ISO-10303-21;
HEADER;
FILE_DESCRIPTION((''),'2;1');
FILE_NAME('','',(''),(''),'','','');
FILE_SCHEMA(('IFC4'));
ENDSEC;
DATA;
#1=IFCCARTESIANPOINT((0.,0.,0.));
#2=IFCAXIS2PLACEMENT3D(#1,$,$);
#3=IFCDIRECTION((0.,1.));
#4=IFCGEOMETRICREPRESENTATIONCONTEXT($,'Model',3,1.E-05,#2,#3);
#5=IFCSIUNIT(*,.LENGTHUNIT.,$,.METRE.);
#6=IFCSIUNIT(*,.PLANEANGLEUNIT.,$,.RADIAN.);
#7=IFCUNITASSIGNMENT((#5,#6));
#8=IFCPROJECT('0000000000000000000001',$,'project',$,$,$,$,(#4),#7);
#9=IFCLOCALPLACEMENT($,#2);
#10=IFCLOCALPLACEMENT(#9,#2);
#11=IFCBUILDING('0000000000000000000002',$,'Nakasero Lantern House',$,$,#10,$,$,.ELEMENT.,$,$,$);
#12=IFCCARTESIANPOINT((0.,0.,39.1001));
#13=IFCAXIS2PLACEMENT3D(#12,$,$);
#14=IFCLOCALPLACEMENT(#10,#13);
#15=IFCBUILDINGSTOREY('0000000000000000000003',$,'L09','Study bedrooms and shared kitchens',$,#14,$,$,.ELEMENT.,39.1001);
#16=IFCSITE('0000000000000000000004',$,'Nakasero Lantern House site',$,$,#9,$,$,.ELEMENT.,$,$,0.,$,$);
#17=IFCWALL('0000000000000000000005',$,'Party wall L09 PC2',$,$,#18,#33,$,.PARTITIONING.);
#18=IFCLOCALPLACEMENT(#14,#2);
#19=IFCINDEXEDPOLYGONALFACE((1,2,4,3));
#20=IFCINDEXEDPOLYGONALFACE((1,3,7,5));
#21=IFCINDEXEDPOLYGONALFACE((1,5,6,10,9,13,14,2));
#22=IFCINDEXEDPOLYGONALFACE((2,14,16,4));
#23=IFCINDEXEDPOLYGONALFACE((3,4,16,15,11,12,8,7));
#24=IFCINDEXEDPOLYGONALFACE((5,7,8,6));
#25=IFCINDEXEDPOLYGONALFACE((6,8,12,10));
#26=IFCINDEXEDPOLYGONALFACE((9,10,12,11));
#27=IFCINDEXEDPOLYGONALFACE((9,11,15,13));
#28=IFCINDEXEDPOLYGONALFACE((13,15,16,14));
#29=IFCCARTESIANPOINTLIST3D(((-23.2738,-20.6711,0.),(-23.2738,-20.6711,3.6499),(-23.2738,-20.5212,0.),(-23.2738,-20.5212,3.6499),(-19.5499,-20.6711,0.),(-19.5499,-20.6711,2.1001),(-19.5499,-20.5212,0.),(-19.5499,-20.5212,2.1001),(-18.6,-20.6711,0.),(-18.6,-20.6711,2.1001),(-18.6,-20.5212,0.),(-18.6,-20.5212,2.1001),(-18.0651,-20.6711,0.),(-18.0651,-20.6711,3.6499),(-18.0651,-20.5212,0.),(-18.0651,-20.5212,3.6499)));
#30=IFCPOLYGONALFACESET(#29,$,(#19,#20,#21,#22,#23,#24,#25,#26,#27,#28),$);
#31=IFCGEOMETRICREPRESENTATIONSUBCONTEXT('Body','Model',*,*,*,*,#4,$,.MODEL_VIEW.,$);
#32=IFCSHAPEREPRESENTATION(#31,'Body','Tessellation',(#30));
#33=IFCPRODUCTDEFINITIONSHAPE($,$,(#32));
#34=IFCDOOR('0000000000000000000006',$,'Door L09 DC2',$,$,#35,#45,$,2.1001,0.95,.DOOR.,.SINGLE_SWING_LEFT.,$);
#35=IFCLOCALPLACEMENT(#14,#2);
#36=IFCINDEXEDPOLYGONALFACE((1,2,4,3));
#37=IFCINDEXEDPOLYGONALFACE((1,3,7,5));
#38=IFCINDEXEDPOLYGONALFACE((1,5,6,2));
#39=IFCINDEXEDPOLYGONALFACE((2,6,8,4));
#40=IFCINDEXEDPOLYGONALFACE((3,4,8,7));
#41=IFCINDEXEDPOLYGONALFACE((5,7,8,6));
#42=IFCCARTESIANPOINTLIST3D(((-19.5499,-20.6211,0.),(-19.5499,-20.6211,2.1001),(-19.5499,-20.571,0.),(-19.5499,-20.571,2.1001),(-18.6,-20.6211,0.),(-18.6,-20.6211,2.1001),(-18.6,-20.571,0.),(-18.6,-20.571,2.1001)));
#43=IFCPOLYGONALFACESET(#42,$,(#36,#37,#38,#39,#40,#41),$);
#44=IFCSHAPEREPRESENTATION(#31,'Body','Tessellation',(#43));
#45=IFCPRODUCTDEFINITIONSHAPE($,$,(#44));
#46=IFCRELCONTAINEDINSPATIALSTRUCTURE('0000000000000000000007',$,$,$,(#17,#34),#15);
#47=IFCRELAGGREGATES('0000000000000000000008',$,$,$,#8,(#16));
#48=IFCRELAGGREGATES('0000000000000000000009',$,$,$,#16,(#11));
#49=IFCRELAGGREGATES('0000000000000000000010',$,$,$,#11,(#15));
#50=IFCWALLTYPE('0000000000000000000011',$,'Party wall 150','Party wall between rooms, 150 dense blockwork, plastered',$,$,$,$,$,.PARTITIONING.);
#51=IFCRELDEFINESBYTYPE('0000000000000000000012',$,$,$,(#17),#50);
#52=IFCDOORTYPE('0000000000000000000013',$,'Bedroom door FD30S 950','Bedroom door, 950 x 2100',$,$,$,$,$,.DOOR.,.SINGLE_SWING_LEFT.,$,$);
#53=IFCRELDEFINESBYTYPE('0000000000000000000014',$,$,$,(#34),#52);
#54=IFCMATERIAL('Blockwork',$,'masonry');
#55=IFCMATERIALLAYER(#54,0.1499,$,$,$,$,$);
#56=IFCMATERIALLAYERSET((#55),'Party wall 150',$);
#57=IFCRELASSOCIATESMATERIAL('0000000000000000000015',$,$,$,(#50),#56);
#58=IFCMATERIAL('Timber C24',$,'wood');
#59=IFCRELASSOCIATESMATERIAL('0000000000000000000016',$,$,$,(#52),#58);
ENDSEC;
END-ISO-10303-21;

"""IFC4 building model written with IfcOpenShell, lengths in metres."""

from ifc_helpers import new_model, si_unit, direction, frame, frame_2d, origin, place, context, subcontext, project, spatial, rectangle, extrude, material, layer, layer_set, type_object, element, fill, save


model = new_model("IFC4")

# Units and contexts
model_context = context("Model", 3, precision=1e-05, world=origin(), true_north=direction((0.0, 1.0)))
body_context = subcontext(model_context, "Body", "Model", "MODEL_VIEW")
ifc_project = project(units=[si_unit("LENGTHUNIT", "METRE"), si_unit("PLANEANGLEUNIT", "RADIAN")], contexts=[model_context])

# Site, building, storey
site_placement = place(None, origin())
site = spatial("IfcSite", under=ifc_project, at=site_placement, Name="Nakasero Lantern House site", CompositionType="ELEMENT", RefElevation=0.0)
building_placement = place(site_placement, origin())
building = spatial("IfcBuilding", under=site, at=building_placement, Name="Nakasero Lantern House", CompositionType="ELEMENT")
storey_placement = place(building_placement, frame((0.0, 0.0, 39.1001)))
storey = spatial("IfcBuildingStorey", under=building, at=storey_placement, Name="L09", Description="Study bedrooms and shared kitchens", CompositionType="ELEMENT", Elevation=39.1001)

# Wall, opening, door
ifc_material_1 = material(Name="Blockwork", Category="masonry")
ifc_layer_1 = layer(ifc_material_1, 0.1499)
ifc_layer_set_1 = layer_set([ifc_layer_1], Name="Party wall 150")
wall_type_1 = type_object("IfcWallType", Name="Party wall 150", Description="Party wall between rooms, 150 dense blockwork, plastered", PredefinedType="PARTITIONING", material=ifc_layer_set_1)
wall_1_placement = place(storey_placement, frame((-18.0649, -20.5962, 0.0), z_axis=(0.0, 0.0, 1.0), x_axis=(-1.0, 0.0, 0.0)))
wall_1 = element("IfcWall", 1, at=wall_1_placement, inside=storey, type_object=wall_type_1, Name="Party wall L09 PC2", PredefinedType="PARTITIONING", context=body_context, shape_type="SweptSolid", body=[
    extrude(rectangle(XDim=5.2087, YDim=0.1499, at=frame_2d((2.6045, 0.0))), origin(), (0.0, 0.0, 1.0), 3.6499),
])
opening_1_placement = place(wall_1_placement, frame((0.5349, 0.0, 0.0)))
opening_1 = element("IfcOpeningElement", 2, at=opening_1_placement, cuts=wall_1, PredefinedType="OPENING", context=body_context, shape_type="SweptSolid", body=[
    extrude(rectangle(XDim=0.95, YDim=2.1001, at=frame_2d((0.4751, 1.05))), frame((0.0, 0.095, 0.0), z_axis=(0.0, -1.0, 0.0), x_axis=(1.0, 0.0, 0.0)), (0.0, 0.0, 1.0), 0.1899),
])
ifc_material_2 = material(Name="Timber C24", Category="wood")
door_type_1 = type_object("IfcDoorType", Name="Bedroom door FD30S 950", Description="Bedroom door, 950 x 2100", OperationType="SINGLE_SWING_LEFT", PredefinedType="DOOR", material=ifc_material_2)
door_1_placement = place(opening_1_placement, origin())
door_1 = element("IfcDoor", 3, at=door_1_placement, inside=storey, type_object=door_type_1, Name="Door L09 DC2", OperationType="SINGLE_SWING_LEFT", OverallHeight=2.1001, OverallWidth=0.95, PredefinedType="DOOR", context=body_context, shape_type="SweptSolid", body=[
    extrude(rectangle(XDim=0.95, YDim=2.1001, at=frame_2d((0.4751, 1.05))), frame((0.0, 0.0249, 0.0), z_axis=(0.0, -1.0, 0.0), x_axis=(1.0, 0.0, 0.0)), (0.0, 0.0, 1.0), 0.05),
])
fill(opening_1, door_1)

save(model, "model.ifc")
